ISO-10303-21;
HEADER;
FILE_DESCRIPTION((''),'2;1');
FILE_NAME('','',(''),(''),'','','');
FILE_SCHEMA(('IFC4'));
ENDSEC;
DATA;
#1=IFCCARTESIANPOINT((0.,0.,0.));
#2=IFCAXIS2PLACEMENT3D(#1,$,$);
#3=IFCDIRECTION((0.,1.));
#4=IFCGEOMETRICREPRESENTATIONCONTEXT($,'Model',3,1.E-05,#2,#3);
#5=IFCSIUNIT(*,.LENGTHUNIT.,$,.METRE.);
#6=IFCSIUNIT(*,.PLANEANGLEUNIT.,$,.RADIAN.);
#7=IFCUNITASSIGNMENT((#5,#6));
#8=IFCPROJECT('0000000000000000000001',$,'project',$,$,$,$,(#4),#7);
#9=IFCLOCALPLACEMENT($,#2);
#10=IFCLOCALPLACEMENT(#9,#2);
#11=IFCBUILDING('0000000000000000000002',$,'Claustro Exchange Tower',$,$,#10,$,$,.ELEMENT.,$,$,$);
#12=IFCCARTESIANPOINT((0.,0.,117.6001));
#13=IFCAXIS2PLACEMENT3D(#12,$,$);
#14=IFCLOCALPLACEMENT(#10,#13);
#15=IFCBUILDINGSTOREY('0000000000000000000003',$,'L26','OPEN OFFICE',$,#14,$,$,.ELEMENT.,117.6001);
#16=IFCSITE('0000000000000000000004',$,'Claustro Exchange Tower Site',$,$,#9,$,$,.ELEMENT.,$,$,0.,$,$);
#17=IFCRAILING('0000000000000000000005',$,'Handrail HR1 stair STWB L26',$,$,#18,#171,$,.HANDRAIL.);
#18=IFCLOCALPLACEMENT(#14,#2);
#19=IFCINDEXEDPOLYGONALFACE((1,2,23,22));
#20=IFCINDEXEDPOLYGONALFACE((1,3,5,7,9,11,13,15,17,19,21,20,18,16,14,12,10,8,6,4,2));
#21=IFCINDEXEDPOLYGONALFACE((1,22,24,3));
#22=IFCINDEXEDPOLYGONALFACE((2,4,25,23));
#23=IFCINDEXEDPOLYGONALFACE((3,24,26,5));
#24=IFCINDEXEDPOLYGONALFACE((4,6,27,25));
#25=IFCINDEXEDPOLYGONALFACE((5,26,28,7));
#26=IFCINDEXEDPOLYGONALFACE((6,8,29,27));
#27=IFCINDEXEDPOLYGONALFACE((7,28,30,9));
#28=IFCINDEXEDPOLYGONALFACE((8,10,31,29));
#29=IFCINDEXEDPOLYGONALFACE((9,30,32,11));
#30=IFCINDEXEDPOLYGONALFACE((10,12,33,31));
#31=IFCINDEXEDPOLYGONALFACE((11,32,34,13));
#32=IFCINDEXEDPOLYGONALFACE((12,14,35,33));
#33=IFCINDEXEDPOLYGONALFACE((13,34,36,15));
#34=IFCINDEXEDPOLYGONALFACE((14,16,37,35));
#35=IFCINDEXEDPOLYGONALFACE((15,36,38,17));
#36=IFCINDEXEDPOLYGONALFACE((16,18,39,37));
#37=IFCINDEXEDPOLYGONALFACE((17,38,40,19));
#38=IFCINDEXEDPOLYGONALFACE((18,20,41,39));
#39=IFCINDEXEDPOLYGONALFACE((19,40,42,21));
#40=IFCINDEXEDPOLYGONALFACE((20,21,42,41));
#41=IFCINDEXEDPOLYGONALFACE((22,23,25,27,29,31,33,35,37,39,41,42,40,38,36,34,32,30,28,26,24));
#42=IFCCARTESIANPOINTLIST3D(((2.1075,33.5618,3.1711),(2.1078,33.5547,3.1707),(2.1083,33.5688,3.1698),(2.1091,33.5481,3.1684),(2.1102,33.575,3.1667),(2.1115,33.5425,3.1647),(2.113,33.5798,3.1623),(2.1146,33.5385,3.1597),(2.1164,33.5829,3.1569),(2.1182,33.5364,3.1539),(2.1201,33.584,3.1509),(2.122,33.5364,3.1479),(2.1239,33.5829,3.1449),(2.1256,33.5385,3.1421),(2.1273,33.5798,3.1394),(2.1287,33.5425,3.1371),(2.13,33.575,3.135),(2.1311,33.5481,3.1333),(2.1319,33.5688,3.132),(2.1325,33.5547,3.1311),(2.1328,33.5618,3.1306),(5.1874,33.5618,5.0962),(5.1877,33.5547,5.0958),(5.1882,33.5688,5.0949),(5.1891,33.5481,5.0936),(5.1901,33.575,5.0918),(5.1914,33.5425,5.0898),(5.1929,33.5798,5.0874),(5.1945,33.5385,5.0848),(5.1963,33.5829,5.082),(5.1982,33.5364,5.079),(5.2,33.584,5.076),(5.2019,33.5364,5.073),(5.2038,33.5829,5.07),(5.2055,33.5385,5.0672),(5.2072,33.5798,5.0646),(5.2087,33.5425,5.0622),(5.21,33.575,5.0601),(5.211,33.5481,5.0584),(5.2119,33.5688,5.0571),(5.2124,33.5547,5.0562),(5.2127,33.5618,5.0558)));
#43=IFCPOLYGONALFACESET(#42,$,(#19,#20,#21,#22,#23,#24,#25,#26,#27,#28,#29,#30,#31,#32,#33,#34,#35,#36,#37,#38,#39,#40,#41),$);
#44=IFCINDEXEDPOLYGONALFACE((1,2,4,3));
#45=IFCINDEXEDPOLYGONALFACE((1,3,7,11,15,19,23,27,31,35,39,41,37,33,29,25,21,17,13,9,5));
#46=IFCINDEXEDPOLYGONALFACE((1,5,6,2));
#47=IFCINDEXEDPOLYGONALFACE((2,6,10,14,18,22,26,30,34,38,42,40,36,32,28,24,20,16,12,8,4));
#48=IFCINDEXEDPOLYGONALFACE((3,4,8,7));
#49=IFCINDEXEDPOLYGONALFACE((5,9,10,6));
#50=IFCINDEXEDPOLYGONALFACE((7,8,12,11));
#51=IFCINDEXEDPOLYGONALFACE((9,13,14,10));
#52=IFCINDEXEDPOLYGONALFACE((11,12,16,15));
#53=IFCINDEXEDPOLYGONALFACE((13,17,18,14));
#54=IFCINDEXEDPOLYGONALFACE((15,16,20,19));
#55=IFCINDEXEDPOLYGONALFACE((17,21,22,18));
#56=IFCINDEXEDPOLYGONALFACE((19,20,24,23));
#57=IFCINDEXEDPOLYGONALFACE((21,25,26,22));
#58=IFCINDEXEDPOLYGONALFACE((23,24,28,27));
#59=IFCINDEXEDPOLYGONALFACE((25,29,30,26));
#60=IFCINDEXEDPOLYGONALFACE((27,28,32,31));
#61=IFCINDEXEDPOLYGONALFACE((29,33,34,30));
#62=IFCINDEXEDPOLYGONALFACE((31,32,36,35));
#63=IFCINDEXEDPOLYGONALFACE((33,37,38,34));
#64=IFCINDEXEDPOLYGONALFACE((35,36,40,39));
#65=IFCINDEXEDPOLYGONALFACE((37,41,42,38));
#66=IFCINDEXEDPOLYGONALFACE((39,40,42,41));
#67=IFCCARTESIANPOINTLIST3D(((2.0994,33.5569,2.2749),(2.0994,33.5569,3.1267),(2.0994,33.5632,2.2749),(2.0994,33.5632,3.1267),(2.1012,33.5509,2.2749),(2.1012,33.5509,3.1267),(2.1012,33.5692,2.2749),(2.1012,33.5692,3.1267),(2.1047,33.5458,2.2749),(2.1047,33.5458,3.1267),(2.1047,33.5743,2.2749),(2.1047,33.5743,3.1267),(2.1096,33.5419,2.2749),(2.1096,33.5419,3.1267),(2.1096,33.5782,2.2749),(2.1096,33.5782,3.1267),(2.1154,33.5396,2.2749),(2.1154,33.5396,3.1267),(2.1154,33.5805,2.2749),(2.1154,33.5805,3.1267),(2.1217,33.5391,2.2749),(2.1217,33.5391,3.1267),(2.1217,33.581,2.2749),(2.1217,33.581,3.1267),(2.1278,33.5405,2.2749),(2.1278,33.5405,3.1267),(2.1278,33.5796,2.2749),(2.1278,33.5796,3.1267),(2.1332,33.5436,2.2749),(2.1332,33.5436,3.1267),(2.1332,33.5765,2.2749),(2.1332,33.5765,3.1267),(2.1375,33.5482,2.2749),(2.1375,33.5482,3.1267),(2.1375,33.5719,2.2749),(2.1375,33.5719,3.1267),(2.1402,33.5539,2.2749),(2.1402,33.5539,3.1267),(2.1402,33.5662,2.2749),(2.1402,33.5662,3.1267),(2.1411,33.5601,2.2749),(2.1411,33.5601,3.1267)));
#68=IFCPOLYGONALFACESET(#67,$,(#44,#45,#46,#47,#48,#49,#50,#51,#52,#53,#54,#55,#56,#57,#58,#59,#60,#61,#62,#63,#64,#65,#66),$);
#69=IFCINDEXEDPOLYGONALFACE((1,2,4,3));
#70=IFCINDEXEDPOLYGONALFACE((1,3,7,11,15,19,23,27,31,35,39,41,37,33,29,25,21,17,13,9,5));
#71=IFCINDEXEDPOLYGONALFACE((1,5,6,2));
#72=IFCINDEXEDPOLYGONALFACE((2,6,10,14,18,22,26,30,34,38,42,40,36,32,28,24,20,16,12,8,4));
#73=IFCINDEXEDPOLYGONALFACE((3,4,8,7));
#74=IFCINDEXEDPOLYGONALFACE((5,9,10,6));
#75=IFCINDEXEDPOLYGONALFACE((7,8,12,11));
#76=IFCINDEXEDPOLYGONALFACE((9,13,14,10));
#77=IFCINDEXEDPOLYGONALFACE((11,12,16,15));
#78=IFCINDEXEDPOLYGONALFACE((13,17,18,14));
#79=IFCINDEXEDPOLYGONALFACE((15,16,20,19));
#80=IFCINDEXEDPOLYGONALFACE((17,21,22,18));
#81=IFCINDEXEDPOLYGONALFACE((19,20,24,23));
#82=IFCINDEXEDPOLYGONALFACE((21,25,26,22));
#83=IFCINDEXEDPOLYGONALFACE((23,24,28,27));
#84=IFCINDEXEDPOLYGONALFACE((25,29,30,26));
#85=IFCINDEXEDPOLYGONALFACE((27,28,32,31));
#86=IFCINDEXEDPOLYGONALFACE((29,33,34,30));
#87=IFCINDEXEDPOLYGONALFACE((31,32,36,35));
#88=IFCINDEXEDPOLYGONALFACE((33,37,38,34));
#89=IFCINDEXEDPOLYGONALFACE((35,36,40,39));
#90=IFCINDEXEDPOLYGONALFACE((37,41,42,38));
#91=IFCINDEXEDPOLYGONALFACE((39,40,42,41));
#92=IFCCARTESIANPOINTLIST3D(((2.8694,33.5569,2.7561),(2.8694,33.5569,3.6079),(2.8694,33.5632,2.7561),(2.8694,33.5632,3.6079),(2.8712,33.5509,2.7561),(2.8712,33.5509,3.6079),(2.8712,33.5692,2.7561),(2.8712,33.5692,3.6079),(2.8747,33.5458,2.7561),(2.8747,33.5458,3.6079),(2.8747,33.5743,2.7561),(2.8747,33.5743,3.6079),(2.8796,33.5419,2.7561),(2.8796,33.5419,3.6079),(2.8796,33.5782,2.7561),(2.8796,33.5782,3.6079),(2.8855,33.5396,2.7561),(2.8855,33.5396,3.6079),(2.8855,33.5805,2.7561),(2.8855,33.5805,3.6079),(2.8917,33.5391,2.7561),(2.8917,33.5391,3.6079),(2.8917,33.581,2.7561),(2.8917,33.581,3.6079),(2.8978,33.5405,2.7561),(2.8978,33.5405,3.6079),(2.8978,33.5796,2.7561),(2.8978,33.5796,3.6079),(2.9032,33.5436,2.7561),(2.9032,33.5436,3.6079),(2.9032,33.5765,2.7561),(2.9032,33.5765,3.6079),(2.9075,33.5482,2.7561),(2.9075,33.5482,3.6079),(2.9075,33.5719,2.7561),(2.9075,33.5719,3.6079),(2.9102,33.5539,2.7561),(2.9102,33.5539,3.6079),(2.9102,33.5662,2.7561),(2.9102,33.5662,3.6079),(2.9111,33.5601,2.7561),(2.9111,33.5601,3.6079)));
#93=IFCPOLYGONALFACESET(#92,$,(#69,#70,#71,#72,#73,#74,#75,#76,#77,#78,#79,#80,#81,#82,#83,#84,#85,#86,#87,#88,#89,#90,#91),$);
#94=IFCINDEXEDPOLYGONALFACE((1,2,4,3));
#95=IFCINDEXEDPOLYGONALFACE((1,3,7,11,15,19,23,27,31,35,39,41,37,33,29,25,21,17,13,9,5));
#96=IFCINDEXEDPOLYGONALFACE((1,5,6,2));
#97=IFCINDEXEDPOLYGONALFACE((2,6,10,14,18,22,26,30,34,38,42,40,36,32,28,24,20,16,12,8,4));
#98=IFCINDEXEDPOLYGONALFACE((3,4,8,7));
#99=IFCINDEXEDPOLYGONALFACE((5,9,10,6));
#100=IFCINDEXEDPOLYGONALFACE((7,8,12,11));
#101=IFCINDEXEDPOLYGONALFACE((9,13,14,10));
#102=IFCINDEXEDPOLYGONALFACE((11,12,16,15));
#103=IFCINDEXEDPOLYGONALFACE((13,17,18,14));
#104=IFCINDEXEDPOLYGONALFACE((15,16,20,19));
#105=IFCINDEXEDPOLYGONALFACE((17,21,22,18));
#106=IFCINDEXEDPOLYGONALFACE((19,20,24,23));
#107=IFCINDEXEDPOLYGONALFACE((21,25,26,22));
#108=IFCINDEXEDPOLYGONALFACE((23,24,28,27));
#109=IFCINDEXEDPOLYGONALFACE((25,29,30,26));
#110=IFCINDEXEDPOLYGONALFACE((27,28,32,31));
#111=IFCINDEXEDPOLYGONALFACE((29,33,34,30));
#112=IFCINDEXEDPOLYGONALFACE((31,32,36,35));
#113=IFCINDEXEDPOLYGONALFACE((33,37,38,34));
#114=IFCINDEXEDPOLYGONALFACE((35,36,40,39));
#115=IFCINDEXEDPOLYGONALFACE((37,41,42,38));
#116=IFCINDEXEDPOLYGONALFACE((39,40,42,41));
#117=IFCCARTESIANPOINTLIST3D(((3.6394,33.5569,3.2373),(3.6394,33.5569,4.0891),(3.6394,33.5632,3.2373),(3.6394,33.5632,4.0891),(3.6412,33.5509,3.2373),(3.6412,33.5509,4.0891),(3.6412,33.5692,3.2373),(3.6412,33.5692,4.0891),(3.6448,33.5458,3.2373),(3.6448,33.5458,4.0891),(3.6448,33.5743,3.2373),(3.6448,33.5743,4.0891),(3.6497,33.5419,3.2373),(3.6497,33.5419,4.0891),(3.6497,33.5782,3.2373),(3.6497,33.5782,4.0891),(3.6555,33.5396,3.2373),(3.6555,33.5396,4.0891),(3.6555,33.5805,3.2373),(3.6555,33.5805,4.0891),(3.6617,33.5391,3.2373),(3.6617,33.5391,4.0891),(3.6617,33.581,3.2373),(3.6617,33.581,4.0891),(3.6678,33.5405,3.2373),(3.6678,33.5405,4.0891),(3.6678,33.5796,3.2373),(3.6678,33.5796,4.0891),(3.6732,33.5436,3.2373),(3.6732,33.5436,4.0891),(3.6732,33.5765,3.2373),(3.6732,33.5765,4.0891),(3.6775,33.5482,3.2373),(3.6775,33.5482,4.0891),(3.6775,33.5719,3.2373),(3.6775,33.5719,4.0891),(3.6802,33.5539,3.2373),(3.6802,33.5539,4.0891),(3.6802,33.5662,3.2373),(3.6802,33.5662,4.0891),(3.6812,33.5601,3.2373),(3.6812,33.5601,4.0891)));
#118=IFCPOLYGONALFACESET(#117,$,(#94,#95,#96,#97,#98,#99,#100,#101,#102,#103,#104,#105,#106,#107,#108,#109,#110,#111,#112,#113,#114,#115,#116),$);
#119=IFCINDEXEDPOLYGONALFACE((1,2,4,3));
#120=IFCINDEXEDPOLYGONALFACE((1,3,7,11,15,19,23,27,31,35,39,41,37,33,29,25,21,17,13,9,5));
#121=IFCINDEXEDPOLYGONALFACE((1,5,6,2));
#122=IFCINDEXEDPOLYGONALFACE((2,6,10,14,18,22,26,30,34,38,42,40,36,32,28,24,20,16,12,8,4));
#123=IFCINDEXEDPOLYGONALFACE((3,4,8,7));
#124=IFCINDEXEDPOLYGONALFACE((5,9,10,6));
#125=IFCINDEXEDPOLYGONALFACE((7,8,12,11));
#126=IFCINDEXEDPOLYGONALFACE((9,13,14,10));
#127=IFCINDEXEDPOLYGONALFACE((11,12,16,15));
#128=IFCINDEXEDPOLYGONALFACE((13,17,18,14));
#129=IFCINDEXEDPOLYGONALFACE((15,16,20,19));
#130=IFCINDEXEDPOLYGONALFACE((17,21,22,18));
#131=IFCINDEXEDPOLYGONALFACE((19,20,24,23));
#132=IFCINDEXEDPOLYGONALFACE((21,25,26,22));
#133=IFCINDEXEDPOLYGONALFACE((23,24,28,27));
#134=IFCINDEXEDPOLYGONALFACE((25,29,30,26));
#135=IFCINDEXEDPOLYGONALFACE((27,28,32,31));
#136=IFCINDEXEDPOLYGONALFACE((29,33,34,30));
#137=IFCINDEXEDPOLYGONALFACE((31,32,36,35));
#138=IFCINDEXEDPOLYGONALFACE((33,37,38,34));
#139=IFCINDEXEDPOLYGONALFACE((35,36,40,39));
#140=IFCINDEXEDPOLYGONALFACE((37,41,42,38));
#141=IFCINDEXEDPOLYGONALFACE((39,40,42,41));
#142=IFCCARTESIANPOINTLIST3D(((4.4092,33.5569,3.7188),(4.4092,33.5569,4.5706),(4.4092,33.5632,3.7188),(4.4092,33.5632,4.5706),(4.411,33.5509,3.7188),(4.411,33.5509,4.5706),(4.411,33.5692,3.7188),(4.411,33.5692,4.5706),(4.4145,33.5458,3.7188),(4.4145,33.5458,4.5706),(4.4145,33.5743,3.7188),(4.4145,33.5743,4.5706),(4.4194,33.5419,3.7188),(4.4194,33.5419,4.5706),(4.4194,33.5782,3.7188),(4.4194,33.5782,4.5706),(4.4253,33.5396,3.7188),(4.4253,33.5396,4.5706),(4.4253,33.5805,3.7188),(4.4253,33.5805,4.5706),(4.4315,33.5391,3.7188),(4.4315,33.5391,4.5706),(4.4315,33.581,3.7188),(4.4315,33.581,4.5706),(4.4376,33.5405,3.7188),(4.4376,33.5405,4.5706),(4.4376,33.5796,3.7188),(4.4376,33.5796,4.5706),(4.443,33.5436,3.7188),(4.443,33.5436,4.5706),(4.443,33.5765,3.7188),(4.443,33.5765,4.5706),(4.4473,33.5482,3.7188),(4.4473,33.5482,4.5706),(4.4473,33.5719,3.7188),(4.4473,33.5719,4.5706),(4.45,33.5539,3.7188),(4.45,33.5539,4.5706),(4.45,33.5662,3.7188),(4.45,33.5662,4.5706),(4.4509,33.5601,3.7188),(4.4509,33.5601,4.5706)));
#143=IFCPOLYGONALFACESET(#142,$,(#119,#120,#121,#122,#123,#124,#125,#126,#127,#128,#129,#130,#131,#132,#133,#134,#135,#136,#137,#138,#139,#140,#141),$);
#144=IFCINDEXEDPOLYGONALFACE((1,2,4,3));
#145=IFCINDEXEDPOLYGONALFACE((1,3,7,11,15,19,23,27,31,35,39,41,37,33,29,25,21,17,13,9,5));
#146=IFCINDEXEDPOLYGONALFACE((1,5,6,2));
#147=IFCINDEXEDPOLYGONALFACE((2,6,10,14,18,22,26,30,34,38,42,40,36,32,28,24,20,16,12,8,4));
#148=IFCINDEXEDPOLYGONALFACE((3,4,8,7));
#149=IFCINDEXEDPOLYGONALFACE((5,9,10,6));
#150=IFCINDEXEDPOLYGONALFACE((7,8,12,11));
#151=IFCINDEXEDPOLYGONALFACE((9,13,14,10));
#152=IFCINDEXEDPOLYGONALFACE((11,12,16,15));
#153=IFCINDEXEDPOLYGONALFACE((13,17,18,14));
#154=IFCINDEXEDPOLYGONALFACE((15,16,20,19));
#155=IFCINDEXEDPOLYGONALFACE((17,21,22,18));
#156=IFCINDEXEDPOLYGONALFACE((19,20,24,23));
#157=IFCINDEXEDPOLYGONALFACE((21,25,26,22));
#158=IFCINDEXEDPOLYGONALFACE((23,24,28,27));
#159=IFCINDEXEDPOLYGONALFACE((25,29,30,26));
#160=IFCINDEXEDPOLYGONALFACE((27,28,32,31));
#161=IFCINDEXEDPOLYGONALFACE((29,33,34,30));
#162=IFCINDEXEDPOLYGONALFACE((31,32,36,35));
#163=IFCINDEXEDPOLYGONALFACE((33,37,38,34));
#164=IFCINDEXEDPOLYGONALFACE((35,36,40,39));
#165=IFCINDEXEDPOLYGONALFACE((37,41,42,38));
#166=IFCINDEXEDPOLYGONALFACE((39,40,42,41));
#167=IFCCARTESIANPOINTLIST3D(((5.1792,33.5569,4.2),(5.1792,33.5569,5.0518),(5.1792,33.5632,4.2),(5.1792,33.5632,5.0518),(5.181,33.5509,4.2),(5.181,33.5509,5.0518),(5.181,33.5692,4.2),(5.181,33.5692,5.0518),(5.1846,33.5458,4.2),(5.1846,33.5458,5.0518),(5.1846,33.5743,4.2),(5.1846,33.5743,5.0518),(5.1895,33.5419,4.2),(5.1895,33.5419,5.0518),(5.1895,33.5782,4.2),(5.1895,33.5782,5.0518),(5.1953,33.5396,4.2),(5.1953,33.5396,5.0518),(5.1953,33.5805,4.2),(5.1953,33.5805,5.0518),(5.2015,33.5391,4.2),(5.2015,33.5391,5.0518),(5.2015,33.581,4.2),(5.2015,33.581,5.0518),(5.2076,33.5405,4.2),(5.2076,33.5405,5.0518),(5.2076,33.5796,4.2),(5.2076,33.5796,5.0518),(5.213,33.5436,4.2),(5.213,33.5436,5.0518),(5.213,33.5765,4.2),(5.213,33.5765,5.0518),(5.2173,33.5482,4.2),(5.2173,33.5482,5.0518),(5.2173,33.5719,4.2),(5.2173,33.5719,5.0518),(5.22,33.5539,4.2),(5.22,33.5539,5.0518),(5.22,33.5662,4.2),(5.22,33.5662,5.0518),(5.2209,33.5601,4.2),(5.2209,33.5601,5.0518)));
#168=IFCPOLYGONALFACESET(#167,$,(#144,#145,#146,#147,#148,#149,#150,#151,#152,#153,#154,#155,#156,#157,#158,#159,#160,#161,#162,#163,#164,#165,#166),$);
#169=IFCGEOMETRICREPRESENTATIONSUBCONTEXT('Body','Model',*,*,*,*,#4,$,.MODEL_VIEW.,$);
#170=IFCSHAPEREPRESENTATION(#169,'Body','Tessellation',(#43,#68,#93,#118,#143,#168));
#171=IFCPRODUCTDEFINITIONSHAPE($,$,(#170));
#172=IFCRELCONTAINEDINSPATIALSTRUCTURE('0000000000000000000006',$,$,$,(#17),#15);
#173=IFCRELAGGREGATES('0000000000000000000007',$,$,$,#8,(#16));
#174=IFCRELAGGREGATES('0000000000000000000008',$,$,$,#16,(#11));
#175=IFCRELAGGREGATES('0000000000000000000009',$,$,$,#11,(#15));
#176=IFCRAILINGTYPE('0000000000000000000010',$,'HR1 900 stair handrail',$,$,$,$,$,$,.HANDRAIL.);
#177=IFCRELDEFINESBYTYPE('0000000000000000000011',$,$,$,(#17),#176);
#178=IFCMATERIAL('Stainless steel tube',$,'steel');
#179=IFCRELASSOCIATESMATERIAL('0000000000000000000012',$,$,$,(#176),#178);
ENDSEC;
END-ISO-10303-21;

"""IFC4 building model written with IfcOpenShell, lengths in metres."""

from ifc_helpers import new_model, si_unit, direction, frame, origin, origin_2d, place, context, subcontext, project, spatial, circle, extrude, material, type_object, element, save


model = new_model("IFC4")

# Units and contexts
model_context = context("Model", 3, precision=1e-05, world=origin(), true_north=direction((0.0, 1.0)))
body_context = subcontext(model_context, "Body", "Model", "MODEL_VIEW")
ifc_project = project(units=[si_unit("LENGTHUNIT", "METRE"), si_unit("PLANEANGLEUNIT", "RADIAN")], contexts=[model_context])

# Site, building, storey
site_placement = place(None, origin())
site = spatial("IfcSite", under=ifc_project, at=site_placement, Name="Claustro Exchange Tower Site", CompositionType="ELEMENT", RefElevation=0.0)
building_placement = place(site_placement, origin())
building = spatial("IfcBuilding", under=site, at=building_placement, Name="Claustro Exchange Tower", CompositionType="ELEMENT")
storey_placement = place(building_placement, frame((0.0, 0.0, 117.6001)))
storey = spatial("IfcBuildingStorey", under=building, at=storey_placement, Name="L26", Description="OPEN OFFICE", CompositionType="ELEMENT", Elevation=117.6001)

# Railing
ifc_material_1 = material(Name="Stainless steel tube", Category="steel")
railing_type_1 = type_object("IfcRailingType", Name="HR1 900 stair handrail", PredefinedType="HANDRAIL", material=ifc_material_1)
railing_1_placement = place(storey_placement, frame((2.1201, 33.5601, 2.2749)))
element("IfcRailing", 1, at=railing_1_placement, inside=storey, type_object=railing_type_1, Name="Handrail HR1 stair STWB L26", PredefinedType="HANDRAIL", context=body_context, shape_type="SweptSolid", body=[
    extrude(circle(Radius=0.0239, at=origin_2d()), frame((0.0, 0.0, 0.876), z_axis=(0.847979, 0.0, 0.530029), x_axis=(0.0, 1.0, 0.0)), (0.0, 0.0, 1.0), 3.6321),
    extrude(circle(Radius=0.021, at=origin_2d()), origin(), (0.0, 0.0, 1.0), 0.8518),
    extrude(circle(Radius=0.021, at=origin_2d()), frame((0.77, 0.0, 0.4812)), (0.0, 0.0, 1.0), 0.8518),
    extrude(circle(Radius=0.021, at=origin_2d()), frame((1.54, 0.0, 0.9624)), (0.0, 0.0, 1.0), 0.8518),
    extrude(circle(Radius=0.021, at=origin_2d()), frame((2.3098, 0.0, 1.4438)), (0.0, 0.0, 1.0), 0.8518),
    extrude(circle(Radius=0.021, at=origin_2d()), frame((3.0798, 0.0, 1.925)), (0.0, 0.0, 1.0), 0.8518),
])

save(model, "model.ifc")
